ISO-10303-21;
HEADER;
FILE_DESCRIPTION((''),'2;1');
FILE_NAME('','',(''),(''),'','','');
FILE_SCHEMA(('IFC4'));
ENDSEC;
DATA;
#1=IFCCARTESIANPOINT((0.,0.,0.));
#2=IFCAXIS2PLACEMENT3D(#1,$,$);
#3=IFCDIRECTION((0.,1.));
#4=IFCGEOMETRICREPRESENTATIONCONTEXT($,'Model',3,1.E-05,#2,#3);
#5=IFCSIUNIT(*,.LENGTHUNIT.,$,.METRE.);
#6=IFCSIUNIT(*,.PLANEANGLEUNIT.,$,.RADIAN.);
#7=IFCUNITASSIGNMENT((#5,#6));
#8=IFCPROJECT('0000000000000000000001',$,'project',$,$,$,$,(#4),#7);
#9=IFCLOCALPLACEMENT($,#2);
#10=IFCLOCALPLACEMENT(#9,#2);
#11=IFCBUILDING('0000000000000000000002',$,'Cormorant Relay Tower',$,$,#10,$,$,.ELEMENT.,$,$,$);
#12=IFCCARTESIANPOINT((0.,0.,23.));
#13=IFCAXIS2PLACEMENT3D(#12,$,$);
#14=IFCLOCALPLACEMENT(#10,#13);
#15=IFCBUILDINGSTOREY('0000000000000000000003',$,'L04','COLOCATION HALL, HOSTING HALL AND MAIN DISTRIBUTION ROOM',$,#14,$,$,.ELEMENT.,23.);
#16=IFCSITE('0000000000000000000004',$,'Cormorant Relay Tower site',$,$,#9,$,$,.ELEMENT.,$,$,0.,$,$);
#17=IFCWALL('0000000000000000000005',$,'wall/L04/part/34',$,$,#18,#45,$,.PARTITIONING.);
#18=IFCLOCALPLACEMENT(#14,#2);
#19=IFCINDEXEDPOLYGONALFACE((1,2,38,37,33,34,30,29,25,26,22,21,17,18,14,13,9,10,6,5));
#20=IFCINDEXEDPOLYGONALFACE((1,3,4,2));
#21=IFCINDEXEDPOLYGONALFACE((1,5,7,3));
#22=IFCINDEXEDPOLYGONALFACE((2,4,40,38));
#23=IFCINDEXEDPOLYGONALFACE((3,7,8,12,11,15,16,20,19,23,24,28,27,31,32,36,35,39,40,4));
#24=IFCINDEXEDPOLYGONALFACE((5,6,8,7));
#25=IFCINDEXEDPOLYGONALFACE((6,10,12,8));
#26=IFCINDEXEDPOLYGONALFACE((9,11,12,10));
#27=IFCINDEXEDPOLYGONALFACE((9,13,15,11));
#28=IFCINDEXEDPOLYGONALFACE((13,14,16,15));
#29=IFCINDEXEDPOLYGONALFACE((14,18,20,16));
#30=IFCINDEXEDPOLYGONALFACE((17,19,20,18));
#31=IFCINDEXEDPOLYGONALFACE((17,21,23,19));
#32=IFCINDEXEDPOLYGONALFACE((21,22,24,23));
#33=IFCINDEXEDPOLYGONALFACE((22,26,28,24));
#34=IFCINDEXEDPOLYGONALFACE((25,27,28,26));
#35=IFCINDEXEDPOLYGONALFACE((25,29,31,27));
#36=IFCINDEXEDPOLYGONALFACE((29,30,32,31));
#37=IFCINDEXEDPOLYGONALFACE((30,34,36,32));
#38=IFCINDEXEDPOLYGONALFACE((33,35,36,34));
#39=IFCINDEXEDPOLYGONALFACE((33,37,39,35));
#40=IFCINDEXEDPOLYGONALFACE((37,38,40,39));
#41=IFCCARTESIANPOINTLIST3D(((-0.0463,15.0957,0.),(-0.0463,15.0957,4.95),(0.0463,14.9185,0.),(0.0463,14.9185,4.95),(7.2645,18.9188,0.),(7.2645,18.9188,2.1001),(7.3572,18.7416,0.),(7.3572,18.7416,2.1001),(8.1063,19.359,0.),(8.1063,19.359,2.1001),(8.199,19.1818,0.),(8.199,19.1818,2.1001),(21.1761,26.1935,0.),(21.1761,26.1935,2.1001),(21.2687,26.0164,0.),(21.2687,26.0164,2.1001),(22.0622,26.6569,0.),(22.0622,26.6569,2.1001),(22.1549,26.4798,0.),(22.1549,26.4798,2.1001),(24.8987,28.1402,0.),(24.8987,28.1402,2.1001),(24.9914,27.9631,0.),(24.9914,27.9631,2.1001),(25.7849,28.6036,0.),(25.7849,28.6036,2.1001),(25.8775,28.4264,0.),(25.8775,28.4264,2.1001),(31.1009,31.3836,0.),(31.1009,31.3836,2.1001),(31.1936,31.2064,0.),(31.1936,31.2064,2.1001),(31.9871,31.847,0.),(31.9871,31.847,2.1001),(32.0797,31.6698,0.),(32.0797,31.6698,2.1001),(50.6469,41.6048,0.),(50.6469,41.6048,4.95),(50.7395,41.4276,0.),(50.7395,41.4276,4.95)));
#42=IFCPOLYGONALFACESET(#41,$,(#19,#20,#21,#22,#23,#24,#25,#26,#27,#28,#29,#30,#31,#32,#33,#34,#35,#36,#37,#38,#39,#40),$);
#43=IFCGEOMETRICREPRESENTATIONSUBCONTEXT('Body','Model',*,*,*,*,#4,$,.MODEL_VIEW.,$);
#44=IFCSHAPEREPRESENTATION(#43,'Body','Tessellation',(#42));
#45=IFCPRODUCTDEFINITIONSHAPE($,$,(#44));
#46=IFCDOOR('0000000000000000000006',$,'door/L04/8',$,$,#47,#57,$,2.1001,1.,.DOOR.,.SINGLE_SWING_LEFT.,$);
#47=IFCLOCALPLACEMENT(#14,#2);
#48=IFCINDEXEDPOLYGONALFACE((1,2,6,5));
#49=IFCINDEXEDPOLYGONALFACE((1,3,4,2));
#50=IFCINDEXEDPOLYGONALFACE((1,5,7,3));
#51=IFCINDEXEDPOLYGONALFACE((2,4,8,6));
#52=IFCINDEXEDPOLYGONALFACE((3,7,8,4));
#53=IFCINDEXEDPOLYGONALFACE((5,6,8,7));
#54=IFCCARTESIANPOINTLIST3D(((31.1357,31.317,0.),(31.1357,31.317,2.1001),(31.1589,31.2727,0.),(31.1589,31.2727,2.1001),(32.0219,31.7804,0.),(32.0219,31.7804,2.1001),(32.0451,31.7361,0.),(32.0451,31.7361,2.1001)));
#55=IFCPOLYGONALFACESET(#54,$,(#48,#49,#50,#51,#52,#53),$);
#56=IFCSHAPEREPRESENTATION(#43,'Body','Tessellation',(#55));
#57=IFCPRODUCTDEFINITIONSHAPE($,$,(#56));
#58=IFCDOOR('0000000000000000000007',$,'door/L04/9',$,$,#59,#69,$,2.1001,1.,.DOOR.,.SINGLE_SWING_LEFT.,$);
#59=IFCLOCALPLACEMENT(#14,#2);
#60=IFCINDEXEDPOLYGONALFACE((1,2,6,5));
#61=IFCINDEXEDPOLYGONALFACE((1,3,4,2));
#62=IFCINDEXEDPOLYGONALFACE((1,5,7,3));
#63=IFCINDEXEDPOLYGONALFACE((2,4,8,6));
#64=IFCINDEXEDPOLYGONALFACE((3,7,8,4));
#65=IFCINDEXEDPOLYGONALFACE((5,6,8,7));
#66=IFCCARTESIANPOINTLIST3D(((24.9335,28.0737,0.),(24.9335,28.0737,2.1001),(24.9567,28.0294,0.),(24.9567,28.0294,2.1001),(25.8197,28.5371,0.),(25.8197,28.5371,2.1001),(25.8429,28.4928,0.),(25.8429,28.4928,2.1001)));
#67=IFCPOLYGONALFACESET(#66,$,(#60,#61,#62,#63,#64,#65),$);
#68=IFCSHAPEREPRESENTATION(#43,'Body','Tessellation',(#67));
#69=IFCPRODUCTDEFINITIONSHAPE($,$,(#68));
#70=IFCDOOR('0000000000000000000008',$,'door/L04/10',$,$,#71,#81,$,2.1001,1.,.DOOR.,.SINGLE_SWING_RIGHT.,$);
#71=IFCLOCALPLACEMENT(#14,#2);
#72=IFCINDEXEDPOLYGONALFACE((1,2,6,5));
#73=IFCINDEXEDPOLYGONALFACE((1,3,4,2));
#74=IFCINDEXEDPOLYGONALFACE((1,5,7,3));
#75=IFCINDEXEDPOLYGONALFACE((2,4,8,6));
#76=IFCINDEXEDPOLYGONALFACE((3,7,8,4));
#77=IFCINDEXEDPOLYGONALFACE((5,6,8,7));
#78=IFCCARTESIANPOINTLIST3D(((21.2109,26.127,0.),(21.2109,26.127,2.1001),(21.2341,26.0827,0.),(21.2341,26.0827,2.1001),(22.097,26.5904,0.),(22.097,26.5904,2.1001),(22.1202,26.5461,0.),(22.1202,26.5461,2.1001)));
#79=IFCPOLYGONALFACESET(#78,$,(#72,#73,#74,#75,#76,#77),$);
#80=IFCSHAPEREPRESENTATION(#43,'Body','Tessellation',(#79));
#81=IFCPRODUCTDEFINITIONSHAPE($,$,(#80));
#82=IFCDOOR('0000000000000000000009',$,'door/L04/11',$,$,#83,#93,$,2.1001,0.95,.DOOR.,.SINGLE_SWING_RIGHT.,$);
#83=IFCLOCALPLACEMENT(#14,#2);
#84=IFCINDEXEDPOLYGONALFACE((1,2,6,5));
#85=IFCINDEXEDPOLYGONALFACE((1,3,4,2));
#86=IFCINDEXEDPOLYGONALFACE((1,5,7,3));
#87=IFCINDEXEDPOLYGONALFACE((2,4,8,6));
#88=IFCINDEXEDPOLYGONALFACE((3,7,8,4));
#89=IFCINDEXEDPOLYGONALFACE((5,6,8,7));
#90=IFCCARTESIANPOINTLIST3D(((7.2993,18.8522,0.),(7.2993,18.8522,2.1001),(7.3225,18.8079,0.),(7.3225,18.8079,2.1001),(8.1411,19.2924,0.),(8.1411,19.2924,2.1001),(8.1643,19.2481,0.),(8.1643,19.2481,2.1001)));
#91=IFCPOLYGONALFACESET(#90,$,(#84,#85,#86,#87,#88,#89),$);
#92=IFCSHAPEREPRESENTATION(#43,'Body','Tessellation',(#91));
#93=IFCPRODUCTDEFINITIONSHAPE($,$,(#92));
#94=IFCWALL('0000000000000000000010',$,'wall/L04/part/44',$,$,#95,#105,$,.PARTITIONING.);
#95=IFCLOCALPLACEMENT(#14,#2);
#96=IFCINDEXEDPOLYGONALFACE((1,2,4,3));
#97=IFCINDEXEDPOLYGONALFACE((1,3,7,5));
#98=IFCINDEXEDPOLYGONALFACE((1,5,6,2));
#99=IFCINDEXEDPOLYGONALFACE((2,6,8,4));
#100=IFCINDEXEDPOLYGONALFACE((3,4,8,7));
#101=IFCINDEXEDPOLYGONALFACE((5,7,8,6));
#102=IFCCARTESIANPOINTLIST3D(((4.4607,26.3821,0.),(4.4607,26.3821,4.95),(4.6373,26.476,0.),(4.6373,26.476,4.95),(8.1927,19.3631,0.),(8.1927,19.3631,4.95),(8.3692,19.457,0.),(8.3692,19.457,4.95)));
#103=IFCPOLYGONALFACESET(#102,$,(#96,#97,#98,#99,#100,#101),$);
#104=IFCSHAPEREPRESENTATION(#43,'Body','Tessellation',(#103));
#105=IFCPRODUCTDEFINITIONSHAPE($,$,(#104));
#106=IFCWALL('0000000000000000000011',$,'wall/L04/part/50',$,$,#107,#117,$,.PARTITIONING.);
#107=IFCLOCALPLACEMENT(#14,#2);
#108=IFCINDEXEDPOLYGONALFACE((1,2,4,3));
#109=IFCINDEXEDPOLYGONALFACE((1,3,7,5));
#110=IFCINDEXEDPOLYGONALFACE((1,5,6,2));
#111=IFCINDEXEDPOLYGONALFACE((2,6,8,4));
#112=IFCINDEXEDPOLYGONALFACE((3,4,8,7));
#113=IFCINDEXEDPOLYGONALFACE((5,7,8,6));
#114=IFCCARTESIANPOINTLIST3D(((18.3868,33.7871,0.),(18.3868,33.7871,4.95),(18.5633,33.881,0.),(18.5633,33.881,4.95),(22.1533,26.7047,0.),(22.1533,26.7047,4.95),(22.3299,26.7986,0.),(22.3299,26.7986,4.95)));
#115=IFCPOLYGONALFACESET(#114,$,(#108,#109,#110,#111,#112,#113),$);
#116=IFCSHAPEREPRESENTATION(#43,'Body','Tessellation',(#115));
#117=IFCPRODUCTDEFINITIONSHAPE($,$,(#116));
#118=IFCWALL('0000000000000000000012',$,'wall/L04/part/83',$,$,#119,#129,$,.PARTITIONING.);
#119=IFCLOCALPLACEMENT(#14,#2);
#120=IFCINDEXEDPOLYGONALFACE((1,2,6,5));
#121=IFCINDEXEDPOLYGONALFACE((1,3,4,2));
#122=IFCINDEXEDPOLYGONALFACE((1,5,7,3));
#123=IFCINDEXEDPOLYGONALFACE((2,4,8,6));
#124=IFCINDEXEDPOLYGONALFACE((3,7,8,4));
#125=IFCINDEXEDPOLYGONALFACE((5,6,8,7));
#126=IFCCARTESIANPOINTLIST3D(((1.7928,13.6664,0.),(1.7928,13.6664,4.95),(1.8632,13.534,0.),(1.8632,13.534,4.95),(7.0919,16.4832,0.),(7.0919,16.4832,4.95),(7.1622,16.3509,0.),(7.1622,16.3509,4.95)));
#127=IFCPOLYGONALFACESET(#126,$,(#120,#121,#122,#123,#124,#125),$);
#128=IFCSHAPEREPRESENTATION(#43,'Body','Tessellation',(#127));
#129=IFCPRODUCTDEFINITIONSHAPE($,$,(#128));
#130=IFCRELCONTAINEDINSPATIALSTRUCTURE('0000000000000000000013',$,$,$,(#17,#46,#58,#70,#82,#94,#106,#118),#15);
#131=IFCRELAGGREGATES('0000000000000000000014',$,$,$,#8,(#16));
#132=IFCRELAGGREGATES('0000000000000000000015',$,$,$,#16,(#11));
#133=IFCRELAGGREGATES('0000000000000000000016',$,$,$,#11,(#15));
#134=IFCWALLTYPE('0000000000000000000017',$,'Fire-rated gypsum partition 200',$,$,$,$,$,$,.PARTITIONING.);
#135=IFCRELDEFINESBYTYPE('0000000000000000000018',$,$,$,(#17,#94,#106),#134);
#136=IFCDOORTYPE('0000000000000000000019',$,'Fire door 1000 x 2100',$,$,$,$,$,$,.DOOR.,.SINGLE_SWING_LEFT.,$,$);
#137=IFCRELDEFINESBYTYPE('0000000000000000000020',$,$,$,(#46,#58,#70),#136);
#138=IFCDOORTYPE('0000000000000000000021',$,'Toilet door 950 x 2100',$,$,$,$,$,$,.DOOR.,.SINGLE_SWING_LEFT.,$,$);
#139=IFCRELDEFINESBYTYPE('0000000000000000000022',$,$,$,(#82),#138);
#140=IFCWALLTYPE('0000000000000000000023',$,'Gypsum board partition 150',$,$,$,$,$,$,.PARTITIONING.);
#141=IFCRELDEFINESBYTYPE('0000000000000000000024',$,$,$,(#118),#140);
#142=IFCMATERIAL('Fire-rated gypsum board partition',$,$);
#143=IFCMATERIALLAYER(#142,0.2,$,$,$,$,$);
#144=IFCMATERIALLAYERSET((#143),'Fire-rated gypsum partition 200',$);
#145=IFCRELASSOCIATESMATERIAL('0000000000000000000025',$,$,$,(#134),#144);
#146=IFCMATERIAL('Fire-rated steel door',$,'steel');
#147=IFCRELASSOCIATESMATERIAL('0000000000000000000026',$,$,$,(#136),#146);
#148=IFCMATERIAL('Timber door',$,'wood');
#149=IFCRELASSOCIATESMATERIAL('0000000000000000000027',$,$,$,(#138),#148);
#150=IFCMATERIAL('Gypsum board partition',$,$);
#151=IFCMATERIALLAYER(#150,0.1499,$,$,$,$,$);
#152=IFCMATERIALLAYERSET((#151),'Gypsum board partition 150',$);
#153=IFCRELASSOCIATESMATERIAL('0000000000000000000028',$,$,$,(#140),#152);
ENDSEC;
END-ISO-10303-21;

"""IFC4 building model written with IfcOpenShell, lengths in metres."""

from ifc_helpers import new_model, si_unit, direction, frame, frame_2d, origin, place, context, subcontext, project, spatial, rectangle, extrude, material, layer, layer_set, type_object, element, fill, save


model = new_model("IFC4")

# Units and contexts
model_context = context("Model", 3, precision=1e-05, world=origin(), true_north=direction((0.0, 1.0)))
body_context = subcontext(model_context, "Body", "Model", "MODEL_VIEW")
ifc_project = project(units=[si_unit("LENGTHUNIT", "METRE"), si_unit("PLANEANGLEUNIT", "RADIAN")], contexts=[model_context])

# Site, building, storey
site_placement = place(None, origin())
site = spatial("IfcSite", under=ifc_project, at=site_placement, Name="Cormorant Relay Tower site", CompositionType="ELEMENT", RefElevation=0.0)
building_placement = place(site_placement, origin())
building = spatial("IfcBuilding", under=site, at=building_placement, Name="Cormorant Relay Tower", CompositionType="ELEMENT")
storey_placement = place(building_placement, frame((0.0, 0.0, 23.0)))
storey = spatial("IfcBuildingStorey", under=building, at=storey_placement, Name="L04", Description="COLOCATION HALL, HOSTING HALL AND MAIN DISTRIBUTION ROOM", CompositionType="ELEMENT", Elevation=23.0)

# Wall, openings, doors
ifc_material_1 = material(Name="Fire-rated gypsum board partition")
ifc_layer_1 = layer(ifc_material_1, 0.2)
ifc_layer_set_1 = layer_set([ifc_layer_1], Name="Fire-rated gypsum partition 200")
wall_type_1 = type_object("IfcWallType", Name="Fire-rated gypsum partition 200", PredefinedType="PARTITIONING", material=ifc_layer_set_1)
wall_1_placement = place(storey_placement, frame((0.0, 15.0071, 0.0), z_axis=(0.0, 0.0, 1.0), x_axis=(0.886151, 0.463396, 0.0)))
wall_1 = element("IfcWall", 1, at=wall_1_placement, inside=storey, type_object=wall_type_1, Name="wall/L04/part/34", PredefinedType="PARTITIONING", context=body_context, shape_type="SweptSolid", body=[
    extrude(rectangle(XDim=57.2061, YDim=0.2, at=frame_2d((28.603, 0.0))), origin(), (0.0, 0.0, 1.0), 4.95),
])
opening_1_placement = place(wall_1_placement, frame((35.1489, 0.0, 0.0)))
opening_1 = element("IfcOpeningElement", 2, at=opening_1_placement, cuts=wall_1, PredefinedType="OPENING", context=body_context, shape_type="SweptSolid", body=[
    extrude(rectangle(XDim=1.0, YDim=2.1001, at=frame_2d((0.5, 1.05))), frame((0.0, 0.1099, 0.0), z_axis=(0.0, -1.0, 0.0), x_axis=(1.0, 0.0, 0.0)), (0.0, 0.0, 1.0), 0.22),
])
opening_2_placement = place(wall_1_placement, frame((28.1499, 0.0, 0.0)))
opening_2 = element("IfcOpeningElement", 3, at=opening_2_placement, cuts=wall_1, PredefinedType="OPENING", context=body_context, shape_type="SweptSolid", body=[
    extrude(rectangle(XDim=1.0, YDim=2.1001, at=frame_2d((0.5, 1.05))), frame((0.0, 0.1099, 0.0), z_axis=(0.0, -1.0, 0.0), x_axis=(1.0, 0.0, 0.0)), (0.0, 0.0, 1.0), 0.22),
])
opening_3_placement = place(wall_1_placement, frame((23.949, 0.0, 0.0)))
opening_3 = element("IfcOpeningElement", 4, at=opening_3_placement, cuts=wall_1, PredefinedType="OPENING", context=body_context, shape_type="SweptSolid", body=[
    extrude(rectangle(XDim=1.0, YDim=2.1001, at=frame_2d((0.5, 1.05))), frame((0.0, 0.1099, 0.0), z_axis=(0.0, -1.0, 0.0), x_axis=(1.0, 0.0, 0.0)), (0.0, 0.0, 1.0), 0.22),
])
opening_4_placement = place(wall_1_placement, frame((8.25, 0.0, 0.0)))
opening_4 = element("IfcOpeningElement", 5, at=opening_4_placement, cuts=wall_1, PredefinedType="OPENING", context=body_context, shape_type="SweptSolid", body=[
    extrude(rectangle(XDim=0.95, YDim=2.1001, at=frame_2d((0.4751, 1.05))), frame((0.0, 0.1099, 0.0), z_axis=(0.0, -1.0, 0.0), x_axis=(1.0, 0.0, 0.0)), (0.0, 0.0, 1.0), 0.22),
])
ifc_material_2 = material(Name="Fire-rated steel door", Category="steel")
door_type_1 = type_object("IfcDoorType", Name="Fire door 1000 x 2100", OperationType="SINGLE_SWING_LEFT", PredefinedType="DOOR", material=ifc_material_2)
door_1_placement = place(opening_1_placement, origin())
door_1 = element("IfcDoor", 6, at=door_1_placement, inside=storey, type_object=door_type_1, Name="door/L04/8", OperationType="SINGLE_SWING_LEFT", OverallHeight=2.1001, OverallWidth=1.0, PredefinedType="DOOR", context=body_context, shape_type="SweptSolid", body=[
    extrude(rectangle(XDim=1.0, YDim=2.1001, at=frame_2d((0.5, 1.05))), frame((0.0, 0.0249, 0.0), z_axis=(0.0, -1.0, 0.0), x_axis=(1.0, 0.0, 0.0)), (0.0, 0.0, 1.0), 0.05),
])
fill(opening_1, door_1)
door_2_placement = place(opening_2_placement, origin())
door_2 = element("IfcDoor", 7, at=door_2_placement, inside=storey, type_object=door_type_1, Name="door/L04/9", OperationType="SINGLE_SWING_LEFT", OverallHeight=2.1001, OverallWidth=1.0, PredefinedType="DOOR", context=body_context, shape_type="SweptSolid", body=[
    extrude(rectangle(XDim=1.0, YDim=2.1001, at=frame_2d((0.5, 1.05))), frame((0.0, 0.0249, 0.0), z_axis=(0.0, -1.0, 0.0), x_axis=(1.0, 0.0, 0.0)), (0.0, 0.0, 1.0), 0.05),
])
fill(opening_2, door_2)
door_3_placement = place(opening_3_placement, origin())
door_3 = element("IfcDoor", 8, at=door_3_placement, inside=storey, type_object=door_type_1, Name="door/L04/10", OperationType="SINGLE_SWING_RIGHT", OverallHeight=2.1001, OverallWidth=1.0, PredefinedType="DOOR", context=body_context, shape_type="SweptSolid", body=[
    extrude(rectangle(XDim=1.0, YDim=2.1001, at=frame_2d((0.5, 1.05))), frame((0.0, 0.0249, 0.0), z_axis=(0.0, -1.0, 0.0), x_axis=(1.0, 0.0, 0.0)), (0.0, 0.0, 1.0), 0.05),
])
fill(opening_3, door_3)
ifc_material_3 = material(Name="Timber door", Category="wood")
door_type_2 = type_object("IfcDoorType", Name="Toilet door 950 x 2100", OperationType="SINGLE_SWING_LEFT", PredefinedType="DOOR", material=ifc_material_3)
door_4_placement = place(opening_4_placement, origin())
door_4 = element("IfcDoor", 9, at=door_4_placement, inside=storey, type_object=door_type_2, Name="door/L04/11", OperationType="SINGLE_SWING_RIGHT", OverallHeight=2.1001, OverallWidth=0.95, PredefinedType="DOOR", context=body_context, shape_type="SweptSolid", body=[
    extrude(rectangle(XDim=0.95, YDim=2.1001, at=frame_2d((0.4751, 1.05))), frame((0.0, 0.0249, 0.0), z_axis=(0.0, -1.0, 0.0), x_axis=(1.0, 0.0, 0.0)), (0.0, 0.0, 1.0), 0.05),
])
fill(opening_4, door_4)

# Walls
wall_2_placement = place(storey_placement, frame((4.5491, 26.429, 0.0), z_axis=(0.0, 0.0, 1.0), x_axis=(0.469456, -0.882956, 0.0)))
element("IfcWall", 10, at=wall_2_placement, inside=storey, type_object=wall_type_1, Name="wall/L04/part/44", PredefinedType="PARTITIONING", context=body_context, shape_type="SweptSolid", body=[
    extrude(rectangle(XDim=7.9495, YDim=0.2, at=frame_2d((3.9746, 0.0))), origin(), (0.0, 0.0, 1.0), 4.95),
])
wall_3_placement = place(storey_placement, frame((18.4751, 33.834, 0.0), z_axis=(0.0, 0.0, 1.0), x_axis=(0.469545, -0.882908, 0.0)))
element("IfcWall", 11, at=wall_3_placement, inside=storey, type_object=wall_type_1, Name="wall/L04/part/50", PredefinedType="PARTITIONING", context=body_context, shape_type="SweptSolid", body=[
    extrude(rectangle(XDim=8.0217, YDim=0.2, at=frame_2d((4.0107, 0.0))), origin(), (0.0, 0.0, 1.0), 4.95),
])
ifc_material_4 = material(Name="Gypsum board partition")
ifc_layer_2 = layer(ifc_material_4, 0.1499)
ifc_layer_set_2 = layer_set([ifc_layer_2], Name="Gypsum board partition 150")
wall_type_2 = type_object("IfcWallType", Name="Gypsum board partition 150", PredefinedType="PARTITIONING", material=ifc_layer_set_2)
wall_4_placement = place(storey_placement, frame((7.127, 16.417, 0.0), z_axis=(0.0, 0.0, 1.0), x_axis=(-0.882994, -0.469384, 0.0)))
element("IfcWall", 12, at=wall_4_placement, inside=storey, type_object=wall_type_2, Name="wall/L04/part/83", PredefinedType="PARTITIONING", context=body_context, shape_type="SweptSolid", body=[
    extrude(rectangle(XDim=6.0012, YDim=0.1499, at=frame_2d((3.0005, 0.0))), origin(), (0.0, 0.0, 1.0), 4.95),
])

save(model, "model.ifc")
